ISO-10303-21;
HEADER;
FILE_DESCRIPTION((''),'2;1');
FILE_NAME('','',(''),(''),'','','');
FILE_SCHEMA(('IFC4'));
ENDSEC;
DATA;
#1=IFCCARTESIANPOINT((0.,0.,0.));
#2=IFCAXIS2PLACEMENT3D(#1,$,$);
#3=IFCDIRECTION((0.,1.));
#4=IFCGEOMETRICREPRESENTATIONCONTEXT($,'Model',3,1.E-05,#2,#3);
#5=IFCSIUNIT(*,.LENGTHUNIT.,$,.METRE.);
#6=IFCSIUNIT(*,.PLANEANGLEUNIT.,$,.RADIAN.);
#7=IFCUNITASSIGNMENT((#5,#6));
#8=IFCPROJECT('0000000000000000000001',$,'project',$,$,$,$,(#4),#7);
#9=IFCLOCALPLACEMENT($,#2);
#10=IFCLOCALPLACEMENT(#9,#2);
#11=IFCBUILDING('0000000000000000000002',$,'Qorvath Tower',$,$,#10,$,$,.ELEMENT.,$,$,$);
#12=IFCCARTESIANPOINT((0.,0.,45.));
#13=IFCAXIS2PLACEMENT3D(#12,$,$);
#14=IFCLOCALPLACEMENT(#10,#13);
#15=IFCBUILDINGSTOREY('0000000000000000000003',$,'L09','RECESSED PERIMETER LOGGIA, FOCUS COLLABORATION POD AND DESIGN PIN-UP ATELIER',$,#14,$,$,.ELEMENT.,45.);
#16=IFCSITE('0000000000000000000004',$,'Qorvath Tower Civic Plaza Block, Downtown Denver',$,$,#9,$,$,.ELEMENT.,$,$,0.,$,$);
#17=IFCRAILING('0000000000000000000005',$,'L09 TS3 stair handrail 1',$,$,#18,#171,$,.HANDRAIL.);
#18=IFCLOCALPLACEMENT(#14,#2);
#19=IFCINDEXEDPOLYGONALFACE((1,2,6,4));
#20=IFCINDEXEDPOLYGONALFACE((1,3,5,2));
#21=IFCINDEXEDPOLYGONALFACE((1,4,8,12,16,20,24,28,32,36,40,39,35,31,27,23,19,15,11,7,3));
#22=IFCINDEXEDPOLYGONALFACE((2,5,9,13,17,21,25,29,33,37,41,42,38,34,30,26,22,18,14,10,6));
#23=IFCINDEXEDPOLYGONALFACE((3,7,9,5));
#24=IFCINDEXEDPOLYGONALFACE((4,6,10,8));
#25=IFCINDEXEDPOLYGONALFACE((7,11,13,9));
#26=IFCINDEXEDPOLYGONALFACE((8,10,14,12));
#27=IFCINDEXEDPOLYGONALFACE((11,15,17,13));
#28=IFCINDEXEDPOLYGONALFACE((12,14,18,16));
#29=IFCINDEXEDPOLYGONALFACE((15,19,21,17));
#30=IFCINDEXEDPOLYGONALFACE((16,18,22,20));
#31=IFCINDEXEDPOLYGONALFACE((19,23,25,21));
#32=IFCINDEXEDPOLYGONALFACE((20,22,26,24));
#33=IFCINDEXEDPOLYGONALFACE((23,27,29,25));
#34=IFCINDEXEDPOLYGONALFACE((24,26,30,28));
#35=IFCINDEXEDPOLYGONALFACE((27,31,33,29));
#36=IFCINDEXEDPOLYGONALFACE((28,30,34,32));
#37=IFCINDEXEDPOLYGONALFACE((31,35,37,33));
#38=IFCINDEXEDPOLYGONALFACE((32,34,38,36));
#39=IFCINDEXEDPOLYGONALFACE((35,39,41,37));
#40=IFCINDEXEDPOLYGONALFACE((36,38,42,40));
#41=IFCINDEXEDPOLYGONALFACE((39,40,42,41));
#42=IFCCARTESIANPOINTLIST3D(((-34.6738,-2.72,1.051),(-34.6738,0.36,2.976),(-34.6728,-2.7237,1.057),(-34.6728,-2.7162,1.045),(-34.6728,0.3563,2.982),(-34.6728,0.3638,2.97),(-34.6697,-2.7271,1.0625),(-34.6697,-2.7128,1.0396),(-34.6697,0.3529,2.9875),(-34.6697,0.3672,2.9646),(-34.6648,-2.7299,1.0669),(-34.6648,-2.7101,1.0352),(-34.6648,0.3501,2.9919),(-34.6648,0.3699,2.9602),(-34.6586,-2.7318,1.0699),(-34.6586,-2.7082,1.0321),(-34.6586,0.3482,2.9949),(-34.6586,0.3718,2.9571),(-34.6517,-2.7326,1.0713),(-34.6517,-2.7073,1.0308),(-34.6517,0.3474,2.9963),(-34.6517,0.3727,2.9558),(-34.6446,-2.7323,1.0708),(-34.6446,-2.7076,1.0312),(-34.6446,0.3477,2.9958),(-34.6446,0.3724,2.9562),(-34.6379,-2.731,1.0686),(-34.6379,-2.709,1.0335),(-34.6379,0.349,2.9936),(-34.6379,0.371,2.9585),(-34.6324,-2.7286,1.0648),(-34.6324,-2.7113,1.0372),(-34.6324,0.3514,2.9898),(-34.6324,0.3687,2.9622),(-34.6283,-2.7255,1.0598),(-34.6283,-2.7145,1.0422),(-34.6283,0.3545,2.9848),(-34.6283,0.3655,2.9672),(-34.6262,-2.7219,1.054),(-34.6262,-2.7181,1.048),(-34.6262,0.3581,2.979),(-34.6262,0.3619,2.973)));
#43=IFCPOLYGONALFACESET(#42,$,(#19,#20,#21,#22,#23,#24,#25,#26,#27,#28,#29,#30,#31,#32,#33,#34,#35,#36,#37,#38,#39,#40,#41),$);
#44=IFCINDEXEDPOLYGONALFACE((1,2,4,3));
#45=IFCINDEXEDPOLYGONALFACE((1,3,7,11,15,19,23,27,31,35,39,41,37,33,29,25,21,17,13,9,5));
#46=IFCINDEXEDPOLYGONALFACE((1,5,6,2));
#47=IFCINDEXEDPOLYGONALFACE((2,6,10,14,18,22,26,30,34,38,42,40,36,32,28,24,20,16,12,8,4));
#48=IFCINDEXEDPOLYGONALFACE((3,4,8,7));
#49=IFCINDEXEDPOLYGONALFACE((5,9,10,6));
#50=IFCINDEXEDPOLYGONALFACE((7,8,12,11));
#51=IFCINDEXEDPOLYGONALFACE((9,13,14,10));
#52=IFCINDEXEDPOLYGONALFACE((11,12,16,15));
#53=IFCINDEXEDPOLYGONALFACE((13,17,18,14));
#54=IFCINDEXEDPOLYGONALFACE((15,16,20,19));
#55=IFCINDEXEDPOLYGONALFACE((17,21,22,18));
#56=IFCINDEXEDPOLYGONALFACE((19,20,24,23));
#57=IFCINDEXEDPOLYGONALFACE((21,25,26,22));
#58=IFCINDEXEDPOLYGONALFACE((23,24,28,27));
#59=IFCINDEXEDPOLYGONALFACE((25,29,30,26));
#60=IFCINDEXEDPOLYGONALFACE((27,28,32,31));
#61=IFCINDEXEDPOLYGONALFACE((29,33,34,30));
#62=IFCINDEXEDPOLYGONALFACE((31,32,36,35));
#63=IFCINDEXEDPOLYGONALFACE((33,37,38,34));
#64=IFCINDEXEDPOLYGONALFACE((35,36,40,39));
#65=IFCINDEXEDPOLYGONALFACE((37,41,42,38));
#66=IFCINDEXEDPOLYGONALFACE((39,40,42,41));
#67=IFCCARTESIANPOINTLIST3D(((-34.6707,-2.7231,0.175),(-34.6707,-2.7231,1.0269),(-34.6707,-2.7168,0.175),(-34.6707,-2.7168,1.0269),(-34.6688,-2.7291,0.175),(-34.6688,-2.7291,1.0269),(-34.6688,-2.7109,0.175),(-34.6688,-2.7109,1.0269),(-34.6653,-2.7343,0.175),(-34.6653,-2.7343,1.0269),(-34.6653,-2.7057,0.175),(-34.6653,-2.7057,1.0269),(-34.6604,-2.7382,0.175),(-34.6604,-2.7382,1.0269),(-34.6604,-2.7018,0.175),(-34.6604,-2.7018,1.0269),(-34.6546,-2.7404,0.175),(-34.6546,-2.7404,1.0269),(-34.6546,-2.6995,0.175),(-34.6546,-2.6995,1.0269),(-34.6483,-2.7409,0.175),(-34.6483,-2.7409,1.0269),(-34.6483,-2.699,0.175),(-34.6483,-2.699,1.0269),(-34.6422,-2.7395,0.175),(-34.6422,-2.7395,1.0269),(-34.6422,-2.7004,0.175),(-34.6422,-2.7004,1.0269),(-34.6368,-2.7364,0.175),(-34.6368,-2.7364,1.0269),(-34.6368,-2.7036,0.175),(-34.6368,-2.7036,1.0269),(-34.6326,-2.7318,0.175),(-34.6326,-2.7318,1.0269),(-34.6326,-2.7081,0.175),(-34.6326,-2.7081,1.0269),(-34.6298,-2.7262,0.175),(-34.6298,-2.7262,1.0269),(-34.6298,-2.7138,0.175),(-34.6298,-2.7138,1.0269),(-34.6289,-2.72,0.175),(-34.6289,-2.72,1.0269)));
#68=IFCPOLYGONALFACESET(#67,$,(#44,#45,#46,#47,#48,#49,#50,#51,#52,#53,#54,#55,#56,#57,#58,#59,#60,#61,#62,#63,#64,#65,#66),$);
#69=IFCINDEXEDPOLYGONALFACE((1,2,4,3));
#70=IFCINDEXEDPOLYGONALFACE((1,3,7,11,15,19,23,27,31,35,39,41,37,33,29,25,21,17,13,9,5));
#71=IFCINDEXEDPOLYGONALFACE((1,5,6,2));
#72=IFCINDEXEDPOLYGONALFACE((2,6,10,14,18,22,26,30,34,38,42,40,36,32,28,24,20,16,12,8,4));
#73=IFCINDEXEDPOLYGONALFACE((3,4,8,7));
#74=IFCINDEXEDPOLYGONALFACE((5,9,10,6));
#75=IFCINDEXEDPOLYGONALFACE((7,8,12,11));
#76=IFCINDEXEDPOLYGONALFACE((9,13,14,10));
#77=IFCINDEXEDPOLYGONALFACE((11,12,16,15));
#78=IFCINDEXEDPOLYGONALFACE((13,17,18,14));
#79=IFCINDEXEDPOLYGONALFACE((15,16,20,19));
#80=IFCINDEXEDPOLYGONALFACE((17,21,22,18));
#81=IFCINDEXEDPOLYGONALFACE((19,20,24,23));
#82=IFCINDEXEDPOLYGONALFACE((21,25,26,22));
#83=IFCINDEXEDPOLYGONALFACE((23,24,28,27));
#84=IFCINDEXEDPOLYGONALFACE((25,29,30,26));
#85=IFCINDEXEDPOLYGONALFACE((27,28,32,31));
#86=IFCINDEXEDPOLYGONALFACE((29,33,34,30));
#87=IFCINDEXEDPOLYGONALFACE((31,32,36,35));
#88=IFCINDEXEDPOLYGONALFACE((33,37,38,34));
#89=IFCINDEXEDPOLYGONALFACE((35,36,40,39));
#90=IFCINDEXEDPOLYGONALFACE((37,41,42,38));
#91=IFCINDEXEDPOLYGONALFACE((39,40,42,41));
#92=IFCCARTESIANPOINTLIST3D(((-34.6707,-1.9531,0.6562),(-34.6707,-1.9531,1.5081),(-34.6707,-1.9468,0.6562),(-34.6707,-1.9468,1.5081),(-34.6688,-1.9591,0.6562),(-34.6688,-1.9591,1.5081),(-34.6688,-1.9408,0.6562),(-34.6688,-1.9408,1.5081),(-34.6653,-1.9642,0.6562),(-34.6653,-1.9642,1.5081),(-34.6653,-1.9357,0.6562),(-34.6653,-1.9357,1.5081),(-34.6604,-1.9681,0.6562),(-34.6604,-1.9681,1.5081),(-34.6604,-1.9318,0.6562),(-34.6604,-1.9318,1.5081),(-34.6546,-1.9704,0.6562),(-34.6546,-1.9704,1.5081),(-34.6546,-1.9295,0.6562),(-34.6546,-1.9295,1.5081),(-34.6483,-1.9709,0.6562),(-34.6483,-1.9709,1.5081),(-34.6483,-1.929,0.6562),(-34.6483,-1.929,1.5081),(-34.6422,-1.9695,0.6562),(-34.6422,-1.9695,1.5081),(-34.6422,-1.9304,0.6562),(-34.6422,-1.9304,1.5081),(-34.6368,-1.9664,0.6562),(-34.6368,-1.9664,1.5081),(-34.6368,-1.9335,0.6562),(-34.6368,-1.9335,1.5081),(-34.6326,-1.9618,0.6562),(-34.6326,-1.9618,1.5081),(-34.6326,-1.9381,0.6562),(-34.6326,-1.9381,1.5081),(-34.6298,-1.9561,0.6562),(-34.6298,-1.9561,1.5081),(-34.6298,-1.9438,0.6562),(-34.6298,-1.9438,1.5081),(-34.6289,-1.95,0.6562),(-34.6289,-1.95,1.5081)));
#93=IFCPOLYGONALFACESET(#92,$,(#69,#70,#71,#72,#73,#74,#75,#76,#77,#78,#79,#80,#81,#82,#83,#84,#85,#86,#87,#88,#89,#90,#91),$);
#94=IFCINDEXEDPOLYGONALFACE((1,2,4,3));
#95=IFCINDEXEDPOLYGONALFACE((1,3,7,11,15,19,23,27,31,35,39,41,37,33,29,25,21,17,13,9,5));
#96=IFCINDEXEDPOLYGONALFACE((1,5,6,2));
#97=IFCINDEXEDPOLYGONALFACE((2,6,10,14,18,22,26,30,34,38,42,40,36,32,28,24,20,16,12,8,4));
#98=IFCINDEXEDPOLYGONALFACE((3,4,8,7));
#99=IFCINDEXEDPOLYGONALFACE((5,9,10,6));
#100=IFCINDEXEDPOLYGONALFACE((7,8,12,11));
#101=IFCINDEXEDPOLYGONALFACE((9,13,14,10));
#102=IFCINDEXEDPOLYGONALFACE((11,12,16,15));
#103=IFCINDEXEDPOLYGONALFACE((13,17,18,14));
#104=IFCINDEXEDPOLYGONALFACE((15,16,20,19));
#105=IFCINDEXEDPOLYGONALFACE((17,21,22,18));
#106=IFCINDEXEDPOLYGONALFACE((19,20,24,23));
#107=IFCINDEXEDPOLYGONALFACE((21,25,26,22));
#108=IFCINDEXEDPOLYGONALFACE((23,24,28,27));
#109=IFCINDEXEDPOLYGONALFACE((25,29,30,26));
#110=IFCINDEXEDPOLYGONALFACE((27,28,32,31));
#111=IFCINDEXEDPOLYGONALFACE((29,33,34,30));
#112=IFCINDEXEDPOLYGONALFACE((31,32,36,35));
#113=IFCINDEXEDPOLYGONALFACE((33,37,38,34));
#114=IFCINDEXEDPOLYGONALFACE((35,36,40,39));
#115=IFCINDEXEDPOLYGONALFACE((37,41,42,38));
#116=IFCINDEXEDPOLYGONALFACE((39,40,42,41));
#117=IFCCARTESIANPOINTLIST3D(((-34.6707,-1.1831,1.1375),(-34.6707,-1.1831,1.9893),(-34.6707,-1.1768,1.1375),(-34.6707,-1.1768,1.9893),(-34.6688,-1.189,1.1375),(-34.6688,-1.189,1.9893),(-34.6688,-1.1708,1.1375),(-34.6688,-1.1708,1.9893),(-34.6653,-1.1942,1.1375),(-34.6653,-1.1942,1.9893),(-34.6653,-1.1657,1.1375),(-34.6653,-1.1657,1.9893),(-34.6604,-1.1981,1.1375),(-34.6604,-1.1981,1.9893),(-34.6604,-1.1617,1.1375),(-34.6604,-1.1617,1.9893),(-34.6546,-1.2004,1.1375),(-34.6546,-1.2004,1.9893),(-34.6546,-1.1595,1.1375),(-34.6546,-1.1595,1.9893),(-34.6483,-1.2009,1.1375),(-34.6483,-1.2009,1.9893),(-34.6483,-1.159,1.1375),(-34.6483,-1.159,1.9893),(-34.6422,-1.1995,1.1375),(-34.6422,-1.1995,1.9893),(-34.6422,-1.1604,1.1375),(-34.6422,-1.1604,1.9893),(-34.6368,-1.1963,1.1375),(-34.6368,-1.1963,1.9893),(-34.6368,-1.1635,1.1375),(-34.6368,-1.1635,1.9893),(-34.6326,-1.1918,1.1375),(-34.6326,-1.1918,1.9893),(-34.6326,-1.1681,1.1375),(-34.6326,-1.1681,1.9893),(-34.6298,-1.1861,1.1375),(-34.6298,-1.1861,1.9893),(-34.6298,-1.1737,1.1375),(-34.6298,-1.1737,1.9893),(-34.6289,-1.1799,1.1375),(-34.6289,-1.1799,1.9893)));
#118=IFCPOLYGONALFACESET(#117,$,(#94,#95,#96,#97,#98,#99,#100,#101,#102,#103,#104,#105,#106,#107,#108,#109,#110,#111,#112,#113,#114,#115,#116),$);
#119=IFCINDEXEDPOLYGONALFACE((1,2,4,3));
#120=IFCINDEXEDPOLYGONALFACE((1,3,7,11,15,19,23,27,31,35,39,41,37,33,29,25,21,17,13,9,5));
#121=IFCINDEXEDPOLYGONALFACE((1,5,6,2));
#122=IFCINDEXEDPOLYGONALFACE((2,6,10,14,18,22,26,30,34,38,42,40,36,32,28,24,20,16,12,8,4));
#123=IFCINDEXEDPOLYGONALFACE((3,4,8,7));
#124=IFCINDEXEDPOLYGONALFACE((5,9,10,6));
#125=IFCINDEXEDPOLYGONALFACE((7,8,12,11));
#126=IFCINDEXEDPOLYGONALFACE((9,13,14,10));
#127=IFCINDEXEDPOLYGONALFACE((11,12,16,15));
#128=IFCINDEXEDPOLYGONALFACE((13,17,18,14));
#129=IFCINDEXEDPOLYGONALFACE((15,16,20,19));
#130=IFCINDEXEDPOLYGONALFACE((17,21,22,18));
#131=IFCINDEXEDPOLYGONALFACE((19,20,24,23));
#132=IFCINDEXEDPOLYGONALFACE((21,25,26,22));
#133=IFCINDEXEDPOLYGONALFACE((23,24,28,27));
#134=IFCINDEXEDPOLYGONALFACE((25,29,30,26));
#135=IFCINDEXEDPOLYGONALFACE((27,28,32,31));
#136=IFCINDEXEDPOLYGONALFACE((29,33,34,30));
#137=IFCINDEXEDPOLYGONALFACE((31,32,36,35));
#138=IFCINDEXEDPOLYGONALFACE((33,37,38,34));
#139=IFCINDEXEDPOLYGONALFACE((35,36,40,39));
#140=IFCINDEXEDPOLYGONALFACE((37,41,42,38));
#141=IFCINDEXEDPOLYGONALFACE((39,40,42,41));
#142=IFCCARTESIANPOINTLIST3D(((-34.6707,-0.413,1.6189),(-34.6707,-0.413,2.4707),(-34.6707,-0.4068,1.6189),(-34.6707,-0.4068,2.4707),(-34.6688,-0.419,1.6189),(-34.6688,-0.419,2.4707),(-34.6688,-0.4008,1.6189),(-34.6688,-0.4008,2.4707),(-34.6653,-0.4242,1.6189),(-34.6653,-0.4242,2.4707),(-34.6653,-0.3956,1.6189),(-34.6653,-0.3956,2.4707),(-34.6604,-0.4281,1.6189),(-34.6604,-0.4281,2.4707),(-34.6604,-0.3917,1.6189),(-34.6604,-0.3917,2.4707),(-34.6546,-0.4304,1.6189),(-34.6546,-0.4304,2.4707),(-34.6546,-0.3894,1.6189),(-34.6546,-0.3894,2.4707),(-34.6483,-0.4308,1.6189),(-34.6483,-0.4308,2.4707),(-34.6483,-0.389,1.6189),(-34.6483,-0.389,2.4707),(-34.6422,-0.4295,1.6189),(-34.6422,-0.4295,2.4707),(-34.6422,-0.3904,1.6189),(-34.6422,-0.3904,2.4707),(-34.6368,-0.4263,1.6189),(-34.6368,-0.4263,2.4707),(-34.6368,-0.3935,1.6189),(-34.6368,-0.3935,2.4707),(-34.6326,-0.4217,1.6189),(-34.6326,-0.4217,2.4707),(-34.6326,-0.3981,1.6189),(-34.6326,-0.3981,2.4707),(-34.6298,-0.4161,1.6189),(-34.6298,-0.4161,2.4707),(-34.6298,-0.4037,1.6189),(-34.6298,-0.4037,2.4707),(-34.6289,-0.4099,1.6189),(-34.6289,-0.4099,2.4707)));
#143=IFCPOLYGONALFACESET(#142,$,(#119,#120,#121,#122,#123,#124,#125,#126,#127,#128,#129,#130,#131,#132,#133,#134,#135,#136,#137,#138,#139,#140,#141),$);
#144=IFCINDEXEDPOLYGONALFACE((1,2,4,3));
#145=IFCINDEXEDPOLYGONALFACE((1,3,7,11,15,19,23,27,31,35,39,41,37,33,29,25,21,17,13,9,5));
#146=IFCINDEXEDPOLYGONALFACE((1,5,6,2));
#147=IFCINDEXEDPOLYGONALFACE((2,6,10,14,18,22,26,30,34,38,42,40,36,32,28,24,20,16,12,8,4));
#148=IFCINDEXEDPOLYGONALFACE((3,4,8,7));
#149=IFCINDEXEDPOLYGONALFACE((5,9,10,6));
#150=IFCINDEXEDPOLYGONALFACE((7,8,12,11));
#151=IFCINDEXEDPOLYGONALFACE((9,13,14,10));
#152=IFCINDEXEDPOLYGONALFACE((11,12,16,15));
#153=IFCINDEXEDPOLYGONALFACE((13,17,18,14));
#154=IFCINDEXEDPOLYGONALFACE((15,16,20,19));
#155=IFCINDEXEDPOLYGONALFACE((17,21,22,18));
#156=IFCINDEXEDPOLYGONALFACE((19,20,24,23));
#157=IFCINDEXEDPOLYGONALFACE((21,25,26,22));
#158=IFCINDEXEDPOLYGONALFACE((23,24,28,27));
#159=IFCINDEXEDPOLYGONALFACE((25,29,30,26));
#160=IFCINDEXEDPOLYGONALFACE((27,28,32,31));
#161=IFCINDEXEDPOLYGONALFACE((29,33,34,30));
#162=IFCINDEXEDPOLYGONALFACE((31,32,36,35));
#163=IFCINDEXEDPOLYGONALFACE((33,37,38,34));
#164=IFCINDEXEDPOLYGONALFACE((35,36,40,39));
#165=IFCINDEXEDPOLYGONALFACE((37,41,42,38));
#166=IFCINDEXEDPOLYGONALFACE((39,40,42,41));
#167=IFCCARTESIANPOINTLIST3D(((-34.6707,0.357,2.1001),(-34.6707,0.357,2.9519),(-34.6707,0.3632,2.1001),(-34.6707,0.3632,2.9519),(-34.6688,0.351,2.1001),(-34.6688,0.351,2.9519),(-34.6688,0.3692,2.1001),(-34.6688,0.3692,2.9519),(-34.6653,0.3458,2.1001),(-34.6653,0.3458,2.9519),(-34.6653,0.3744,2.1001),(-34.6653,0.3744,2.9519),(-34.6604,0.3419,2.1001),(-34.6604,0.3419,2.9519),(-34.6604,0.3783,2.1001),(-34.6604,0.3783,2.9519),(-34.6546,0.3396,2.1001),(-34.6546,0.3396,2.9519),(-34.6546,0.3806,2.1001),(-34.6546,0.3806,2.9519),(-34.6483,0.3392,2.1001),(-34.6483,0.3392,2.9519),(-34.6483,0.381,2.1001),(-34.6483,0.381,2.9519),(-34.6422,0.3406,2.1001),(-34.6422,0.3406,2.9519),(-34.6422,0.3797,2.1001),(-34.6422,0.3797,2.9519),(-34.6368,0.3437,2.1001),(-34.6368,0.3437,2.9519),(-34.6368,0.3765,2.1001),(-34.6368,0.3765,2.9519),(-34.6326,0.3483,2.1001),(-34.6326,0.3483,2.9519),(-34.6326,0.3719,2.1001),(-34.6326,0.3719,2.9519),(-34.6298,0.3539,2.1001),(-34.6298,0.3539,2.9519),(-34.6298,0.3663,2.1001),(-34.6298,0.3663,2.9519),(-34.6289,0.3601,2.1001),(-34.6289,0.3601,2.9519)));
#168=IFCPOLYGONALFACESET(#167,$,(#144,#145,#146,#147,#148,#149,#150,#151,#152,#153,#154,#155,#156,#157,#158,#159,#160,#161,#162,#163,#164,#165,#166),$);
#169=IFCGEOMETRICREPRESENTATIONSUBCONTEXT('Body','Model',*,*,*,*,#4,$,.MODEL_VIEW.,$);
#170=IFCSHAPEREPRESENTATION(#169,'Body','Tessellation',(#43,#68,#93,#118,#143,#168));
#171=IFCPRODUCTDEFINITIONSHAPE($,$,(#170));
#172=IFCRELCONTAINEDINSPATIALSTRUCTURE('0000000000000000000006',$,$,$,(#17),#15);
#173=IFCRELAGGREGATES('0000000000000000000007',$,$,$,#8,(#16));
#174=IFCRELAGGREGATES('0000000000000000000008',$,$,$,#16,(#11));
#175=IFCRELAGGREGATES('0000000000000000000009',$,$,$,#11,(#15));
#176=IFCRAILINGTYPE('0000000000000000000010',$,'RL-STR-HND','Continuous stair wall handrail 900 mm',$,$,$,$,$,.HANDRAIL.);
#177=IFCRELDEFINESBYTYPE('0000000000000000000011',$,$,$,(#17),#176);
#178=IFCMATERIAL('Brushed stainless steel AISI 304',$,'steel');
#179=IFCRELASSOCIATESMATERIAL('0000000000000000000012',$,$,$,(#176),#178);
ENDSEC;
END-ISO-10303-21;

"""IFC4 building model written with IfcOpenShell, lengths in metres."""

from ifc_helpers import new_model, si_unit, direction, frame, origin, origin_2d, place, context, subcontext, project, spatial, circle, extrude, material, type_object, element, save


model = new_model("IFC4")

# Units and contexts
model_context = context("Model", 3, precision=1e-05, world=origin(), true_north=direction((0.0, 1.0)))
body_context = subcontext(model_context, "Body", "Model", "MODEL_VIEW")
ifc_project = project(units=[si_unit("LENGTHUNIT", "METRE"), si_unit("PLANEANGLEUNIT", "RADIAN")], contexts=[model_context])

# Site, building, storey
site_placement = place(None, origin())
site = spatial("IfcSite", under=ifc_project, at=site_placement, Name="Qorvath Tower Civic Plaza Block, Downtown Denver", CompositionType="ELEMENT", RefElevation=0.0)
building_placement = place(site_placement, origin())
building = spatial("IfcBuilding", under=site, at=building_placement, Name="Qorvath Tower", CompositionType="ELEMENT")
storey_placement = place(building_placement, frame((0.0, 0.0, 45.0)))
storey = spatial("IfcBuildingStorey", under=building, at=storey_placement, Name="L09", Description="RECESSED PERIMETER LOGGIA, FOCUS COLLABORATION POD AND DESIGN PIN-UP ATELIER", CompositionType="ELEMENT", Elevation=45.0)

# Railing
ifc_material_1 = material(Name="Brushed stainless steel AISI 304", Category="steel")
railing_type_1 = type_object("IfcRailingType", Name="RL-STR-HND", Description="Continuous stair wall handrail 900 mm", PredefinedType="HANDRAIL", material=ifc_material_1)
railing_1_placement = place(storey_placement, frame((-34.6499, -2.72, 0.175)))
element("IfcRailing", 1, at=railing_1_placement, inside=storey, type_object=railing_type_1, Name="L09 TS3 stair handrail 1", PredefinedType="HANDRAIL", context=body_context, shape_type="SweptSolid", body=[
    extrude(circle(Radius=0.0239, at=origin_2d()), frame((0.0, 0.0, 0.876), z_axis=(0.0, 0.847998, 0.529999), x_axis=(-1.0, 0.0, 0.0)), (0.0, 0.0, 1.0), 3.6321),
    extrude(circle(Radius=0.021, at=origin_2d()), origin(), (0.0, 0.0, 1.0), 0.8518),
    extrude(circle(Radius=0.021, at=origin_2d()), frame((0.0, 0.77, 0.4812)), (0.0, 0.0, 1.0), 0.8518),
    extrude(circle(Radius=0.021, at=origin_2d()), frame((0.0, 1.54, 0.9624)), (0.0, 0.0, 1.0), 0.8518),
    extrude(circle(Radius=0.021, at=origin_2d()), frame((0.0, 2.3101, 1.4438)), (0.0, 0.0, 1.0), 0.8518),
    extrude(circle(Radius=0.021, at=origin_2d()), frame((0.0, 3.0801, 1.925)), (0.0, 0.0, 1.0), 0.8518),
])

save(model, "model.ifc")
